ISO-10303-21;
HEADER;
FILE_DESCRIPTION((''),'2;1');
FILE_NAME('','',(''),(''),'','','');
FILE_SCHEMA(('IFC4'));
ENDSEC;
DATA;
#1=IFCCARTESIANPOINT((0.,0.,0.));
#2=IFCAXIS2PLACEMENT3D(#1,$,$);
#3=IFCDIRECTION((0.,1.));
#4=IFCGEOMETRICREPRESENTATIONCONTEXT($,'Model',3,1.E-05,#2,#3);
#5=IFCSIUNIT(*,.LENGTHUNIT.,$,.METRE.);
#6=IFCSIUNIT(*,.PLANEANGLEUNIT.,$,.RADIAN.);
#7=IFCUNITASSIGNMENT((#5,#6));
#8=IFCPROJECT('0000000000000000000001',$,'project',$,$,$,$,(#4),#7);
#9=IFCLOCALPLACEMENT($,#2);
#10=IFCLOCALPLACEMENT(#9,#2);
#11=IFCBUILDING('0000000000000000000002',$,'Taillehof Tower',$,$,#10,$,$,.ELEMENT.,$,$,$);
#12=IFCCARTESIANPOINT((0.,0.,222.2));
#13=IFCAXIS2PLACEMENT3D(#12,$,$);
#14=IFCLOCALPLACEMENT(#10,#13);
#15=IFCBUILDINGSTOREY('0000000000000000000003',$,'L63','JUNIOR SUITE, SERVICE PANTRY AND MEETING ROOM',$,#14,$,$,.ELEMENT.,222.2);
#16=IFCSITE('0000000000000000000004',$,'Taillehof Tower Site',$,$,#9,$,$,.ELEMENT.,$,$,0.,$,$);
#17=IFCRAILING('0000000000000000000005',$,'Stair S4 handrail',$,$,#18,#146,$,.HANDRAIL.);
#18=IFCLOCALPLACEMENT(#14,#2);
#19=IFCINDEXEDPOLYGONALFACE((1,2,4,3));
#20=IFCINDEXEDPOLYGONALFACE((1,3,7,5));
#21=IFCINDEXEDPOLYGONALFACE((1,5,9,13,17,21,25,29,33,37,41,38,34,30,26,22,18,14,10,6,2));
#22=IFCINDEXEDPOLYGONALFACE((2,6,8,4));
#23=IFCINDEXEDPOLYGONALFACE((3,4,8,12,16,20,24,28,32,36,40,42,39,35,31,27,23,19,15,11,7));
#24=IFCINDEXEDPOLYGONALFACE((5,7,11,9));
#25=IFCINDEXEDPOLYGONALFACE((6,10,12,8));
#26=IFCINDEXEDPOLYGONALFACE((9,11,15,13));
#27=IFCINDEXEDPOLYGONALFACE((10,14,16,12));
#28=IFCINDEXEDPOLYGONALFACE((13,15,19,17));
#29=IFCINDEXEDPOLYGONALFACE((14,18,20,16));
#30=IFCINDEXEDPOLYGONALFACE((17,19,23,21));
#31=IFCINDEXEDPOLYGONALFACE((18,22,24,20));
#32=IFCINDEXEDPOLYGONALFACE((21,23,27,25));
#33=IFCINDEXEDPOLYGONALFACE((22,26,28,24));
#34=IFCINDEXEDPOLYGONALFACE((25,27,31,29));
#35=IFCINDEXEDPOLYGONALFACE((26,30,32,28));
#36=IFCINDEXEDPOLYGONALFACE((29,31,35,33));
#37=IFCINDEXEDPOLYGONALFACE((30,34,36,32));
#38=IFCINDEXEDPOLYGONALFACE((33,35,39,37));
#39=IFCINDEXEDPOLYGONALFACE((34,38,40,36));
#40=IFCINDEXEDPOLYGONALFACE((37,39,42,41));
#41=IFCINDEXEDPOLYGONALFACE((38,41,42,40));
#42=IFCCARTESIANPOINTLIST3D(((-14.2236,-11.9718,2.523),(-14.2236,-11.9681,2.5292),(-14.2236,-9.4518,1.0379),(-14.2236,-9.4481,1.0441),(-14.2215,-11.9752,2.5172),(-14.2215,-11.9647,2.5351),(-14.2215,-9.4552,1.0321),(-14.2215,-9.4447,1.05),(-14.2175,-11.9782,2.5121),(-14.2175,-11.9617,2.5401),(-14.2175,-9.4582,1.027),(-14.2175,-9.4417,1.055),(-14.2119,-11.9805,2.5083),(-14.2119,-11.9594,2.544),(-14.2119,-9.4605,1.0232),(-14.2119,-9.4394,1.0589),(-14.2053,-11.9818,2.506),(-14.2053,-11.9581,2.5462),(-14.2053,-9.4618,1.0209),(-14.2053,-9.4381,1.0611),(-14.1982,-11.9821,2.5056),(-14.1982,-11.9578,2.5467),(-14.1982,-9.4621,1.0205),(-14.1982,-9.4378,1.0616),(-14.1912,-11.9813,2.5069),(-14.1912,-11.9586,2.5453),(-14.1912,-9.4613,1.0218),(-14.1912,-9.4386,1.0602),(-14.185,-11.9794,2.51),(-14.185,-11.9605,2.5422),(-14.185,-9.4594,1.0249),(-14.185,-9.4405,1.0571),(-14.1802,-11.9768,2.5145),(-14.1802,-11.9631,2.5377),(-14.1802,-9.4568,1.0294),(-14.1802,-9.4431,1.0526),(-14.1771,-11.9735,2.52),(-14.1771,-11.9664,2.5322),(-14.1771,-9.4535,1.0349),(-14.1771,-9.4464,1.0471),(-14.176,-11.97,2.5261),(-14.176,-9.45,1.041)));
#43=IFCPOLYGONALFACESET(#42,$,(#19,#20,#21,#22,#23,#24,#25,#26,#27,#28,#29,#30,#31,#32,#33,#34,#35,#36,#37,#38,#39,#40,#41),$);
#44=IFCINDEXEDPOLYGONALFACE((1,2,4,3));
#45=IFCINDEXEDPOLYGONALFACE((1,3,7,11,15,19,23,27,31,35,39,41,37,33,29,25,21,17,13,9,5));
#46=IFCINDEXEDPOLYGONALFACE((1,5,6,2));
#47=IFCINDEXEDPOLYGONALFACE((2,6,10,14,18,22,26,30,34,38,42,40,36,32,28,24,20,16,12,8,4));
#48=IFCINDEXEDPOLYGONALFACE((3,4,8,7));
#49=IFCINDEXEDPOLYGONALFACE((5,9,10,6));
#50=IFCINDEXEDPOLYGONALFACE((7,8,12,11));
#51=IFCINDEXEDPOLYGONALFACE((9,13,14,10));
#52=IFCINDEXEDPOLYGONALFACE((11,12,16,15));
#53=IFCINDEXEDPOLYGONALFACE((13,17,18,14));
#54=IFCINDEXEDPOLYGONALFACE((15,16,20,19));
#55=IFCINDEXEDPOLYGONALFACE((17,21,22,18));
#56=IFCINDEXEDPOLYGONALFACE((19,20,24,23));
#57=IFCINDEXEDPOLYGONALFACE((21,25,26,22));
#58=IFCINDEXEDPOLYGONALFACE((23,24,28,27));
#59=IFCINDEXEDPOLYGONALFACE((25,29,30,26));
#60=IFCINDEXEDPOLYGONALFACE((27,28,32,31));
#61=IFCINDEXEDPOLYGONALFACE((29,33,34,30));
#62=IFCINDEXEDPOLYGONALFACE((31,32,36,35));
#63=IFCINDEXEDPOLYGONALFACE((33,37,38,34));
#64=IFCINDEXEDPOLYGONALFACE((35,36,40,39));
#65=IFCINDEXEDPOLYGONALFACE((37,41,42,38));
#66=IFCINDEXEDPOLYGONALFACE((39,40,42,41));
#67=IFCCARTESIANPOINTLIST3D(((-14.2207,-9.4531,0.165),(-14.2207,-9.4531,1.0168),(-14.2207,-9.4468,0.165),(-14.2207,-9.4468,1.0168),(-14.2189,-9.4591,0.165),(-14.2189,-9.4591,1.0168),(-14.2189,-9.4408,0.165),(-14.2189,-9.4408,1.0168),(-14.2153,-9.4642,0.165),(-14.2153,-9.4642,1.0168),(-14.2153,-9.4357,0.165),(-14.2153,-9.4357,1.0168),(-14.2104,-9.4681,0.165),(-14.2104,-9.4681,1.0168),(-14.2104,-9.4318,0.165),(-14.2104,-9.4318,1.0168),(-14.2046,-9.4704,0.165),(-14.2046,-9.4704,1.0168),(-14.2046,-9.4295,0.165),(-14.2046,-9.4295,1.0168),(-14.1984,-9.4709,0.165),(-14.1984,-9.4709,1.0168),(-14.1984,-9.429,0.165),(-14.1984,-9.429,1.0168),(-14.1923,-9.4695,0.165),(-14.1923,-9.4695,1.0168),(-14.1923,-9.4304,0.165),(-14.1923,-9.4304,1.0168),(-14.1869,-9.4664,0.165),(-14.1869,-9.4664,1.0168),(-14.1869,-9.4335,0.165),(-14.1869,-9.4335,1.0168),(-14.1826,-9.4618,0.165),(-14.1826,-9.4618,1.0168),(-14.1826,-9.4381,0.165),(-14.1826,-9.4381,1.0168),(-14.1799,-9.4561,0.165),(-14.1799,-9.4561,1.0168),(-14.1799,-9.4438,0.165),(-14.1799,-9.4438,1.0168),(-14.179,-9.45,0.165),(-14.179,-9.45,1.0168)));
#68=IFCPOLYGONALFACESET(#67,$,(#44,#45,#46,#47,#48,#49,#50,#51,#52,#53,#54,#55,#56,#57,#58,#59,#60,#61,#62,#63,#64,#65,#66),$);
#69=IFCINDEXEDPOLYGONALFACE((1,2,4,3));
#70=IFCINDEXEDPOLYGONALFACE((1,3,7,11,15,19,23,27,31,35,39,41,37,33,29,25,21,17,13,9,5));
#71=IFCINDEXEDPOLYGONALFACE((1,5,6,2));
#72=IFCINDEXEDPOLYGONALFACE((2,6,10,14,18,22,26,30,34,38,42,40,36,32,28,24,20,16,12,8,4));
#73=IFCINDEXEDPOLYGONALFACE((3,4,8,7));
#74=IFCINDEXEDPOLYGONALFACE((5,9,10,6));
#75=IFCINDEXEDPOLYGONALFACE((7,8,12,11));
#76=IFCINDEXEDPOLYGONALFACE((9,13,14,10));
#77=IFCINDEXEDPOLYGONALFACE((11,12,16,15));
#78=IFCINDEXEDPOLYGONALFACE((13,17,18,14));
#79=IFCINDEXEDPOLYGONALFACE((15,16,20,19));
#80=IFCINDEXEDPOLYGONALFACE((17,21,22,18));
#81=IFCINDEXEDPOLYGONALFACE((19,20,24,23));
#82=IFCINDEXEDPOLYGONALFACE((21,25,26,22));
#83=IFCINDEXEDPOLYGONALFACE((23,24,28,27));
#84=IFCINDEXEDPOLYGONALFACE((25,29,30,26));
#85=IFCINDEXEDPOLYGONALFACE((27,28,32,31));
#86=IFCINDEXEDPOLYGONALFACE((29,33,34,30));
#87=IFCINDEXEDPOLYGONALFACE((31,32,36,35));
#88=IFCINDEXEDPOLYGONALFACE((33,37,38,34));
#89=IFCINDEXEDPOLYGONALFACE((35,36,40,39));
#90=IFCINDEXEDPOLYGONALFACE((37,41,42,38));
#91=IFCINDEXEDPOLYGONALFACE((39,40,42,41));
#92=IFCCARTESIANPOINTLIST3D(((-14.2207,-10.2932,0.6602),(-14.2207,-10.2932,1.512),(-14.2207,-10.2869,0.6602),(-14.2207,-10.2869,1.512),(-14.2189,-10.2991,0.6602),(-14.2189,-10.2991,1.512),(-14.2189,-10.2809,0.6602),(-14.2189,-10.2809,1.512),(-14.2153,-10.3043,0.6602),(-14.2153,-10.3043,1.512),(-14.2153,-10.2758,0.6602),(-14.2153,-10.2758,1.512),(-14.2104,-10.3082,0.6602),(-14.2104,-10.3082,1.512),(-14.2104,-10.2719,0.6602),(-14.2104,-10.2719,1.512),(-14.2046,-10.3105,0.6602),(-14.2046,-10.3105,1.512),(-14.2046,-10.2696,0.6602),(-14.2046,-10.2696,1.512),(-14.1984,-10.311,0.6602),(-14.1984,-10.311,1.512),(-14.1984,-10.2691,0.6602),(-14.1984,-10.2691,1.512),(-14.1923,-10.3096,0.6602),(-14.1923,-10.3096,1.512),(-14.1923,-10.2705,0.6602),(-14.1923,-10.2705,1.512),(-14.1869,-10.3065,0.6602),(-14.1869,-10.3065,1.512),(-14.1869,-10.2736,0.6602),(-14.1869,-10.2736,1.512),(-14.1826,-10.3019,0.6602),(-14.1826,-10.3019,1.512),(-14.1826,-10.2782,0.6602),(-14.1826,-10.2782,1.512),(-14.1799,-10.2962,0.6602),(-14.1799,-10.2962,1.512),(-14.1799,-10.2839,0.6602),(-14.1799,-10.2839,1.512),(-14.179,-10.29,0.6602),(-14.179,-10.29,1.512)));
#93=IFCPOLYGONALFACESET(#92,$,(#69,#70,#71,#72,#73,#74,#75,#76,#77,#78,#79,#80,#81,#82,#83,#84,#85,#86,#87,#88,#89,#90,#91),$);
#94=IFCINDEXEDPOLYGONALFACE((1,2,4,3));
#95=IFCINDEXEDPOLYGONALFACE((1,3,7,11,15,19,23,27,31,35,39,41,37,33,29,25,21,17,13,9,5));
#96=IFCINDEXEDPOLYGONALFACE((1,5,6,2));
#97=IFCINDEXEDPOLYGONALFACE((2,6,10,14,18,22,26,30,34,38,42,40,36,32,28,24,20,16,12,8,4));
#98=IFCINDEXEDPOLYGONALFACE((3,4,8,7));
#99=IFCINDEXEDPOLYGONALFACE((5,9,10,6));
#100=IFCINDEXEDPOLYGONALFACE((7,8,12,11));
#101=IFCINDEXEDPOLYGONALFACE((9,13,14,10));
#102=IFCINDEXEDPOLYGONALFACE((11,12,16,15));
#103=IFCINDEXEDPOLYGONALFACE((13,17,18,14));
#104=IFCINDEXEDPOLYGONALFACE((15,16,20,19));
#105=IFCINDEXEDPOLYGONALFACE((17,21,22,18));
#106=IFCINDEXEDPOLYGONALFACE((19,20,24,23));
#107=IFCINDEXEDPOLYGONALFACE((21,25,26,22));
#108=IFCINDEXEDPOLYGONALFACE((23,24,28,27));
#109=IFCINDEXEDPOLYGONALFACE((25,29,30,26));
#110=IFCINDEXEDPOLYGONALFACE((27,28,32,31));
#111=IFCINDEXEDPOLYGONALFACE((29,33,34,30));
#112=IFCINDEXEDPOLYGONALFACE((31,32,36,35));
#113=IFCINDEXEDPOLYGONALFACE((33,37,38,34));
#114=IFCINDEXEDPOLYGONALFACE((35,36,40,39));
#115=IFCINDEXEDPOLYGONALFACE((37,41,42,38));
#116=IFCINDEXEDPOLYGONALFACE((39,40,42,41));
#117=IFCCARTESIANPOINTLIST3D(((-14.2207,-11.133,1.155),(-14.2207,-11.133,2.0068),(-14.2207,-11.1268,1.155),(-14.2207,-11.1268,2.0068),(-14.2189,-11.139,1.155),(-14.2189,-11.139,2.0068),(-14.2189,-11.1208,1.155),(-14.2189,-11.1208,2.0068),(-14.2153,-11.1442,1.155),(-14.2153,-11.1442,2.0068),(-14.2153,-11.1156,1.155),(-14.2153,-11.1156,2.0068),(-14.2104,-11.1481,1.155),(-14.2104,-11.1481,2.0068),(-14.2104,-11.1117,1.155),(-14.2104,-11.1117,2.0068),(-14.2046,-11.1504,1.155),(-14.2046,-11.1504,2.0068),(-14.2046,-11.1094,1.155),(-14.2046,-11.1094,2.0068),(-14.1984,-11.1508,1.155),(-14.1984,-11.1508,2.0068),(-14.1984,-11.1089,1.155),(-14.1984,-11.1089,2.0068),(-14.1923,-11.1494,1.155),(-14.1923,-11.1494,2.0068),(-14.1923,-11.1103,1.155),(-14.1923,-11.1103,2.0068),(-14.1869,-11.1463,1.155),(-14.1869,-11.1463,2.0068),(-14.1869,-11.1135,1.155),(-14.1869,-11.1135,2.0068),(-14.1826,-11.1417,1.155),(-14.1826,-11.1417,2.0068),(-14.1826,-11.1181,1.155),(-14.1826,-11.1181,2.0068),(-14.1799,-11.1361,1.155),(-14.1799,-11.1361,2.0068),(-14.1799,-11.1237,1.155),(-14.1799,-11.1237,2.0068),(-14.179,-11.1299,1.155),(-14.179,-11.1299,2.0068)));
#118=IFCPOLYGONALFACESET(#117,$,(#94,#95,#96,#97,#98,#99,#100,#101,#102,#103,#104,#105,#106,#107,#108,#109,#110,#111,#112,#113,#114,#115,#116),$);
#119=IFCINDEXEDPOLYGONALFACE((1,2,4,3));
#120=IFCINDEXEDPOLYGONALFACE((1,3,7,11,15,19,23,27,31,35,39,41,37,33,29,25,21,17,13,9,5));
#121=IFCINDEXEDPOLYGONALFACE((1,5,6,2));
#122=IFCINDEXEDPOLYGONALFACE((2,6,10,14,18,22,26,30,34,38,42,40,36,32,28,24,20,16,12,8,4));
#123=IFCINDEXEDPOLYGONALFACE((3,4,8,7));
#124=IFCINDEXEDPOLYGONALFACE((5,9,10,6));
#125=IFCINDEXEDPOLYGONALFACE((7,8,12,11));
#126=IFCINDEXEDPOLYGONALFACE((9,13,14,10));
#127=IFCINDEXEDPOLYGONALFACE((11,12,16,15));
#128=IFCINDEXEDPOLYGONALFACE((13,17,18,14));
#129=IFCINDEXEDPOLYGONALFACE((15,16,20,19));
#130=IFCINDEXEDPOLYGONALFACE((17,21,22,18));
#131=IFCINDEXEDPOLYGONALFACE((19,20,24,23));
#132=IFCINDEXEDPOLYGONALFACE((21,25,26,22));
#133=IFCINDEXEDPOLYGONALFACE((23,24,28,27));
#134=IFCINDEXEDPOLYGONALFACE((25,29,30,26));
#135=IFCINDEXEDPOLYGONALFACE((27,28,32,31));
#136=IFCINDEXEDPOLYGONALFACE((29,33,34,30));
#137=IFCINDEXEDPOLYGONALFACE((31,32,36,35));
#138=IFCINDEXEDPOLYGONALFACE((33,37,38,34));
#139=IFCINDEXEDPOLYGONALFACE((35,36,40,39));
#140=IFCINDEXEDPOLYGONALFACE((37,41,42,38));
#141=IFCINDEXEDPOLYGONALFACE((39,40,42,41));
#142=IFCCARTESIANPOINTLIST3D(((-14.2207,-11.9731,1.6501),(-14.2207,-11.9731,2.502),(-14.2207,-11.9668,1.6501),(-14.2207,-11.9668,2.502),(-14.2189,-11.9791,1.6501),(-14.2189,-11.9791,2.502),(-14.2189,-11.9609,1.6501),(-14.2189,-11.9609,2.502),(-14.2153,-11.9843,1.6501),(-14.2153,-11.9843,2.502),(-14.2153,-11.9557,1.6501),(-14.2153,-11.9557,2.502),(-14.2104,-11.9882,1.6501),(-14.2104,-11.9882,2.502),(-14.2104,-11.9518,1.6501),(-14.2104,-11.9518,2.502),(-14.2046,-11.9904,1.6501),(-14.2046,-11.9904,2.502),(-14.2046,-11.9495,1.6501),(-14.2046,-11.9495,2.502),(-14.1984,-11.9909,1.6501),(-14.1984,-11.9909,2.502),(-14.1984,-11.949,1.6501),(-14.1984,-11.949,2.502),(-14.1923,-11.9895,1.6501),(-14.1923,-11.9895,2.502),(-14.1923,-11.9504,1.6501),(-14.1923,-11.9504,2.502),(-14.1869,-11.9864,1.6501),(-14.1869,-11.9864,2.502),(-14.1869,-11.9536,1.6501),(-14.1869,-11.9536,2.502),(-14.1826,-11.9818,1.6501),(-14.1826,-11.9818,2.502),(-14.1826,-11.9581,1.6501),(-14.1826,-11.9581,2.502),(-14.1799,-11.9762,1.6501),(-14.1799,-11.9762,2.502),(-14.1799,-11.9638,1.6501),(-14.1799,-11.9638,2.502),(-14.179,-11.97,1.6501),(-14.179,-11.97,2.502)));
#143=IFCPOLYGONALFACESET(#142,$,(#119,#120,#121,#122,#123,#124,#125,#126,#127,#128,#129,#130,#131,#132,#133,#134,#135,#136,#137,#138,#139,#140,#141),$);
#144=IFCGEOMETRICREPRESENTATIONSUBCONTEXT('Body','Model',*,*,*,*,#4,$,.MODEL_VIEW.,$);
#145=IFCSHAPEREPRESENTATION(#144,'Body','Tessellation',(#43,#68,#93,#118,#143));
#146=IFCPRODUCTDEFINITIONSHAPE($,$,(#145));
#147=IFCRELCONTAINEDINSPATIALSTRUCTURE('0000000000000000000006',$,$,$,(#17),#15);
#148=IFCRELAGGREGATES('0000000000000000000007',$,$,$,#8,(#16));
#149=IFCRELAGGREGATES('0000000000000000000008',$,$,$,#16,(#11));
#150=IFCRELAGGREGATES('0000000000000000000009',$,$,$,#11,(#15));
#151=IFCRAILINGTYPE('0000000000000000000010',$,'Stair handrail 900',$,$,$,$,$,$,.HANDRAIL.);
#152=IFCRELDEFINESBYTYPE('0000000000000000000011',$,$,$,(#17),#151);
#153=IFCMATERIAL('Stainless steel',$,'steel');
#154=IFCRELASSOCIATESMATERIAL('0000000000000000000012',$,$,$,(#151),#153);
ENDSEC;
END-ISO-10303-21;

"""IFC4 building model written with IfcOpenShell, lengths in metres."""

from ifc_helpers import new_model, si_unit, direction, frame, origin, origin_2d, place, context, subcontext, project, spatial, circle, extrude, material, type_object, element, save


model = new_model("IFC4")

# Units and contexts
model_context = context("Model", 3, precision=1e-05, world=origin(), true_north=direction((0.0, 1.0)))
body_context = subcontext(model_context, "Body", "Model", "MODEL_VIEW")
ifc_project = project(units=[si_unit("LENGTHUNIT", "METRE"), si_unit("PLANEANGLEUNIT", "RADIAN")], contexts=[model_context])

# Site, building, storey
site_placement = place(None, origin())
site = spatial("IfcSite", under=ifc_project, at=site_placement, Name="Taillehof Tower Site", CompositionType="ELEMENT", RefElevation=0.0)
building_placement = place(site_placement, origin())
building = spatial("IfcBuilding", under=site, at=building_placement, Name="Taillehof Tower", CompositionType="ELEMENT")
storey_placement = place(building_placement, frame((0.0, 0.0, 222.2)))
storey = spatial("IfcBuildingStorey", under=building, at=storey_placement, Name="L63", Description="JUNIOR SUITE, SERVICE PANTRY AND MEETING ROOM", CompositionType="ELEMENT", Elevation=222.2)

# Railing
ifc_material_1 = material(Name="Stainless steel", Category="steel")
railing_type = type_object("IfcRailingType", Name="Stair handrail 900", PredefinedType="HANDRAIL", material=ifc_material_1)
railing_1_placement = place(storey_placement, frame((-14.2, -9.45, 0.165)))
element("IfcRailing", 1, at=railing_1_placement, inside=storey, type_object=railing_type, Name="Stair S4 handrail", PredefinedType="HANDRAIL", context=body_context, shape_type="SweptSolid", body=[
    extrude(circle(Radius=0.0239, at=origin_2d()), frame((0.0, 0.0, 0.876), z_axis=(0.0, -0.861524, 0.507717), x_axis=(1.0, 0.0, 0.0)), (0.0, 0.0, 1.0), 2.925),
    extrude(circle(Radius=0.021, at=origin_2d()), origin(), (0.0, 0.0, 1.0), 0.8518),
    extrude(circle(Radius=0.021, at=origin_2d()), frame((0.0, -0.8401, 0.4951)), (0.0, 0.0, 1.0), 0.8518),
    extrude(circle(Radius=0.021, at=origin_2d()), frame((0.0, -1.6799, 0.99)), (0.0, 0.0, 1.0), 0.8518),
    extrude(circle(Radius=0.021, at=origin_2d()), frame((0.0, -2.52, 1.4851)), (0.0, 0.0, 1.0), 0.8518),
])

save(model, "model.ifc")
